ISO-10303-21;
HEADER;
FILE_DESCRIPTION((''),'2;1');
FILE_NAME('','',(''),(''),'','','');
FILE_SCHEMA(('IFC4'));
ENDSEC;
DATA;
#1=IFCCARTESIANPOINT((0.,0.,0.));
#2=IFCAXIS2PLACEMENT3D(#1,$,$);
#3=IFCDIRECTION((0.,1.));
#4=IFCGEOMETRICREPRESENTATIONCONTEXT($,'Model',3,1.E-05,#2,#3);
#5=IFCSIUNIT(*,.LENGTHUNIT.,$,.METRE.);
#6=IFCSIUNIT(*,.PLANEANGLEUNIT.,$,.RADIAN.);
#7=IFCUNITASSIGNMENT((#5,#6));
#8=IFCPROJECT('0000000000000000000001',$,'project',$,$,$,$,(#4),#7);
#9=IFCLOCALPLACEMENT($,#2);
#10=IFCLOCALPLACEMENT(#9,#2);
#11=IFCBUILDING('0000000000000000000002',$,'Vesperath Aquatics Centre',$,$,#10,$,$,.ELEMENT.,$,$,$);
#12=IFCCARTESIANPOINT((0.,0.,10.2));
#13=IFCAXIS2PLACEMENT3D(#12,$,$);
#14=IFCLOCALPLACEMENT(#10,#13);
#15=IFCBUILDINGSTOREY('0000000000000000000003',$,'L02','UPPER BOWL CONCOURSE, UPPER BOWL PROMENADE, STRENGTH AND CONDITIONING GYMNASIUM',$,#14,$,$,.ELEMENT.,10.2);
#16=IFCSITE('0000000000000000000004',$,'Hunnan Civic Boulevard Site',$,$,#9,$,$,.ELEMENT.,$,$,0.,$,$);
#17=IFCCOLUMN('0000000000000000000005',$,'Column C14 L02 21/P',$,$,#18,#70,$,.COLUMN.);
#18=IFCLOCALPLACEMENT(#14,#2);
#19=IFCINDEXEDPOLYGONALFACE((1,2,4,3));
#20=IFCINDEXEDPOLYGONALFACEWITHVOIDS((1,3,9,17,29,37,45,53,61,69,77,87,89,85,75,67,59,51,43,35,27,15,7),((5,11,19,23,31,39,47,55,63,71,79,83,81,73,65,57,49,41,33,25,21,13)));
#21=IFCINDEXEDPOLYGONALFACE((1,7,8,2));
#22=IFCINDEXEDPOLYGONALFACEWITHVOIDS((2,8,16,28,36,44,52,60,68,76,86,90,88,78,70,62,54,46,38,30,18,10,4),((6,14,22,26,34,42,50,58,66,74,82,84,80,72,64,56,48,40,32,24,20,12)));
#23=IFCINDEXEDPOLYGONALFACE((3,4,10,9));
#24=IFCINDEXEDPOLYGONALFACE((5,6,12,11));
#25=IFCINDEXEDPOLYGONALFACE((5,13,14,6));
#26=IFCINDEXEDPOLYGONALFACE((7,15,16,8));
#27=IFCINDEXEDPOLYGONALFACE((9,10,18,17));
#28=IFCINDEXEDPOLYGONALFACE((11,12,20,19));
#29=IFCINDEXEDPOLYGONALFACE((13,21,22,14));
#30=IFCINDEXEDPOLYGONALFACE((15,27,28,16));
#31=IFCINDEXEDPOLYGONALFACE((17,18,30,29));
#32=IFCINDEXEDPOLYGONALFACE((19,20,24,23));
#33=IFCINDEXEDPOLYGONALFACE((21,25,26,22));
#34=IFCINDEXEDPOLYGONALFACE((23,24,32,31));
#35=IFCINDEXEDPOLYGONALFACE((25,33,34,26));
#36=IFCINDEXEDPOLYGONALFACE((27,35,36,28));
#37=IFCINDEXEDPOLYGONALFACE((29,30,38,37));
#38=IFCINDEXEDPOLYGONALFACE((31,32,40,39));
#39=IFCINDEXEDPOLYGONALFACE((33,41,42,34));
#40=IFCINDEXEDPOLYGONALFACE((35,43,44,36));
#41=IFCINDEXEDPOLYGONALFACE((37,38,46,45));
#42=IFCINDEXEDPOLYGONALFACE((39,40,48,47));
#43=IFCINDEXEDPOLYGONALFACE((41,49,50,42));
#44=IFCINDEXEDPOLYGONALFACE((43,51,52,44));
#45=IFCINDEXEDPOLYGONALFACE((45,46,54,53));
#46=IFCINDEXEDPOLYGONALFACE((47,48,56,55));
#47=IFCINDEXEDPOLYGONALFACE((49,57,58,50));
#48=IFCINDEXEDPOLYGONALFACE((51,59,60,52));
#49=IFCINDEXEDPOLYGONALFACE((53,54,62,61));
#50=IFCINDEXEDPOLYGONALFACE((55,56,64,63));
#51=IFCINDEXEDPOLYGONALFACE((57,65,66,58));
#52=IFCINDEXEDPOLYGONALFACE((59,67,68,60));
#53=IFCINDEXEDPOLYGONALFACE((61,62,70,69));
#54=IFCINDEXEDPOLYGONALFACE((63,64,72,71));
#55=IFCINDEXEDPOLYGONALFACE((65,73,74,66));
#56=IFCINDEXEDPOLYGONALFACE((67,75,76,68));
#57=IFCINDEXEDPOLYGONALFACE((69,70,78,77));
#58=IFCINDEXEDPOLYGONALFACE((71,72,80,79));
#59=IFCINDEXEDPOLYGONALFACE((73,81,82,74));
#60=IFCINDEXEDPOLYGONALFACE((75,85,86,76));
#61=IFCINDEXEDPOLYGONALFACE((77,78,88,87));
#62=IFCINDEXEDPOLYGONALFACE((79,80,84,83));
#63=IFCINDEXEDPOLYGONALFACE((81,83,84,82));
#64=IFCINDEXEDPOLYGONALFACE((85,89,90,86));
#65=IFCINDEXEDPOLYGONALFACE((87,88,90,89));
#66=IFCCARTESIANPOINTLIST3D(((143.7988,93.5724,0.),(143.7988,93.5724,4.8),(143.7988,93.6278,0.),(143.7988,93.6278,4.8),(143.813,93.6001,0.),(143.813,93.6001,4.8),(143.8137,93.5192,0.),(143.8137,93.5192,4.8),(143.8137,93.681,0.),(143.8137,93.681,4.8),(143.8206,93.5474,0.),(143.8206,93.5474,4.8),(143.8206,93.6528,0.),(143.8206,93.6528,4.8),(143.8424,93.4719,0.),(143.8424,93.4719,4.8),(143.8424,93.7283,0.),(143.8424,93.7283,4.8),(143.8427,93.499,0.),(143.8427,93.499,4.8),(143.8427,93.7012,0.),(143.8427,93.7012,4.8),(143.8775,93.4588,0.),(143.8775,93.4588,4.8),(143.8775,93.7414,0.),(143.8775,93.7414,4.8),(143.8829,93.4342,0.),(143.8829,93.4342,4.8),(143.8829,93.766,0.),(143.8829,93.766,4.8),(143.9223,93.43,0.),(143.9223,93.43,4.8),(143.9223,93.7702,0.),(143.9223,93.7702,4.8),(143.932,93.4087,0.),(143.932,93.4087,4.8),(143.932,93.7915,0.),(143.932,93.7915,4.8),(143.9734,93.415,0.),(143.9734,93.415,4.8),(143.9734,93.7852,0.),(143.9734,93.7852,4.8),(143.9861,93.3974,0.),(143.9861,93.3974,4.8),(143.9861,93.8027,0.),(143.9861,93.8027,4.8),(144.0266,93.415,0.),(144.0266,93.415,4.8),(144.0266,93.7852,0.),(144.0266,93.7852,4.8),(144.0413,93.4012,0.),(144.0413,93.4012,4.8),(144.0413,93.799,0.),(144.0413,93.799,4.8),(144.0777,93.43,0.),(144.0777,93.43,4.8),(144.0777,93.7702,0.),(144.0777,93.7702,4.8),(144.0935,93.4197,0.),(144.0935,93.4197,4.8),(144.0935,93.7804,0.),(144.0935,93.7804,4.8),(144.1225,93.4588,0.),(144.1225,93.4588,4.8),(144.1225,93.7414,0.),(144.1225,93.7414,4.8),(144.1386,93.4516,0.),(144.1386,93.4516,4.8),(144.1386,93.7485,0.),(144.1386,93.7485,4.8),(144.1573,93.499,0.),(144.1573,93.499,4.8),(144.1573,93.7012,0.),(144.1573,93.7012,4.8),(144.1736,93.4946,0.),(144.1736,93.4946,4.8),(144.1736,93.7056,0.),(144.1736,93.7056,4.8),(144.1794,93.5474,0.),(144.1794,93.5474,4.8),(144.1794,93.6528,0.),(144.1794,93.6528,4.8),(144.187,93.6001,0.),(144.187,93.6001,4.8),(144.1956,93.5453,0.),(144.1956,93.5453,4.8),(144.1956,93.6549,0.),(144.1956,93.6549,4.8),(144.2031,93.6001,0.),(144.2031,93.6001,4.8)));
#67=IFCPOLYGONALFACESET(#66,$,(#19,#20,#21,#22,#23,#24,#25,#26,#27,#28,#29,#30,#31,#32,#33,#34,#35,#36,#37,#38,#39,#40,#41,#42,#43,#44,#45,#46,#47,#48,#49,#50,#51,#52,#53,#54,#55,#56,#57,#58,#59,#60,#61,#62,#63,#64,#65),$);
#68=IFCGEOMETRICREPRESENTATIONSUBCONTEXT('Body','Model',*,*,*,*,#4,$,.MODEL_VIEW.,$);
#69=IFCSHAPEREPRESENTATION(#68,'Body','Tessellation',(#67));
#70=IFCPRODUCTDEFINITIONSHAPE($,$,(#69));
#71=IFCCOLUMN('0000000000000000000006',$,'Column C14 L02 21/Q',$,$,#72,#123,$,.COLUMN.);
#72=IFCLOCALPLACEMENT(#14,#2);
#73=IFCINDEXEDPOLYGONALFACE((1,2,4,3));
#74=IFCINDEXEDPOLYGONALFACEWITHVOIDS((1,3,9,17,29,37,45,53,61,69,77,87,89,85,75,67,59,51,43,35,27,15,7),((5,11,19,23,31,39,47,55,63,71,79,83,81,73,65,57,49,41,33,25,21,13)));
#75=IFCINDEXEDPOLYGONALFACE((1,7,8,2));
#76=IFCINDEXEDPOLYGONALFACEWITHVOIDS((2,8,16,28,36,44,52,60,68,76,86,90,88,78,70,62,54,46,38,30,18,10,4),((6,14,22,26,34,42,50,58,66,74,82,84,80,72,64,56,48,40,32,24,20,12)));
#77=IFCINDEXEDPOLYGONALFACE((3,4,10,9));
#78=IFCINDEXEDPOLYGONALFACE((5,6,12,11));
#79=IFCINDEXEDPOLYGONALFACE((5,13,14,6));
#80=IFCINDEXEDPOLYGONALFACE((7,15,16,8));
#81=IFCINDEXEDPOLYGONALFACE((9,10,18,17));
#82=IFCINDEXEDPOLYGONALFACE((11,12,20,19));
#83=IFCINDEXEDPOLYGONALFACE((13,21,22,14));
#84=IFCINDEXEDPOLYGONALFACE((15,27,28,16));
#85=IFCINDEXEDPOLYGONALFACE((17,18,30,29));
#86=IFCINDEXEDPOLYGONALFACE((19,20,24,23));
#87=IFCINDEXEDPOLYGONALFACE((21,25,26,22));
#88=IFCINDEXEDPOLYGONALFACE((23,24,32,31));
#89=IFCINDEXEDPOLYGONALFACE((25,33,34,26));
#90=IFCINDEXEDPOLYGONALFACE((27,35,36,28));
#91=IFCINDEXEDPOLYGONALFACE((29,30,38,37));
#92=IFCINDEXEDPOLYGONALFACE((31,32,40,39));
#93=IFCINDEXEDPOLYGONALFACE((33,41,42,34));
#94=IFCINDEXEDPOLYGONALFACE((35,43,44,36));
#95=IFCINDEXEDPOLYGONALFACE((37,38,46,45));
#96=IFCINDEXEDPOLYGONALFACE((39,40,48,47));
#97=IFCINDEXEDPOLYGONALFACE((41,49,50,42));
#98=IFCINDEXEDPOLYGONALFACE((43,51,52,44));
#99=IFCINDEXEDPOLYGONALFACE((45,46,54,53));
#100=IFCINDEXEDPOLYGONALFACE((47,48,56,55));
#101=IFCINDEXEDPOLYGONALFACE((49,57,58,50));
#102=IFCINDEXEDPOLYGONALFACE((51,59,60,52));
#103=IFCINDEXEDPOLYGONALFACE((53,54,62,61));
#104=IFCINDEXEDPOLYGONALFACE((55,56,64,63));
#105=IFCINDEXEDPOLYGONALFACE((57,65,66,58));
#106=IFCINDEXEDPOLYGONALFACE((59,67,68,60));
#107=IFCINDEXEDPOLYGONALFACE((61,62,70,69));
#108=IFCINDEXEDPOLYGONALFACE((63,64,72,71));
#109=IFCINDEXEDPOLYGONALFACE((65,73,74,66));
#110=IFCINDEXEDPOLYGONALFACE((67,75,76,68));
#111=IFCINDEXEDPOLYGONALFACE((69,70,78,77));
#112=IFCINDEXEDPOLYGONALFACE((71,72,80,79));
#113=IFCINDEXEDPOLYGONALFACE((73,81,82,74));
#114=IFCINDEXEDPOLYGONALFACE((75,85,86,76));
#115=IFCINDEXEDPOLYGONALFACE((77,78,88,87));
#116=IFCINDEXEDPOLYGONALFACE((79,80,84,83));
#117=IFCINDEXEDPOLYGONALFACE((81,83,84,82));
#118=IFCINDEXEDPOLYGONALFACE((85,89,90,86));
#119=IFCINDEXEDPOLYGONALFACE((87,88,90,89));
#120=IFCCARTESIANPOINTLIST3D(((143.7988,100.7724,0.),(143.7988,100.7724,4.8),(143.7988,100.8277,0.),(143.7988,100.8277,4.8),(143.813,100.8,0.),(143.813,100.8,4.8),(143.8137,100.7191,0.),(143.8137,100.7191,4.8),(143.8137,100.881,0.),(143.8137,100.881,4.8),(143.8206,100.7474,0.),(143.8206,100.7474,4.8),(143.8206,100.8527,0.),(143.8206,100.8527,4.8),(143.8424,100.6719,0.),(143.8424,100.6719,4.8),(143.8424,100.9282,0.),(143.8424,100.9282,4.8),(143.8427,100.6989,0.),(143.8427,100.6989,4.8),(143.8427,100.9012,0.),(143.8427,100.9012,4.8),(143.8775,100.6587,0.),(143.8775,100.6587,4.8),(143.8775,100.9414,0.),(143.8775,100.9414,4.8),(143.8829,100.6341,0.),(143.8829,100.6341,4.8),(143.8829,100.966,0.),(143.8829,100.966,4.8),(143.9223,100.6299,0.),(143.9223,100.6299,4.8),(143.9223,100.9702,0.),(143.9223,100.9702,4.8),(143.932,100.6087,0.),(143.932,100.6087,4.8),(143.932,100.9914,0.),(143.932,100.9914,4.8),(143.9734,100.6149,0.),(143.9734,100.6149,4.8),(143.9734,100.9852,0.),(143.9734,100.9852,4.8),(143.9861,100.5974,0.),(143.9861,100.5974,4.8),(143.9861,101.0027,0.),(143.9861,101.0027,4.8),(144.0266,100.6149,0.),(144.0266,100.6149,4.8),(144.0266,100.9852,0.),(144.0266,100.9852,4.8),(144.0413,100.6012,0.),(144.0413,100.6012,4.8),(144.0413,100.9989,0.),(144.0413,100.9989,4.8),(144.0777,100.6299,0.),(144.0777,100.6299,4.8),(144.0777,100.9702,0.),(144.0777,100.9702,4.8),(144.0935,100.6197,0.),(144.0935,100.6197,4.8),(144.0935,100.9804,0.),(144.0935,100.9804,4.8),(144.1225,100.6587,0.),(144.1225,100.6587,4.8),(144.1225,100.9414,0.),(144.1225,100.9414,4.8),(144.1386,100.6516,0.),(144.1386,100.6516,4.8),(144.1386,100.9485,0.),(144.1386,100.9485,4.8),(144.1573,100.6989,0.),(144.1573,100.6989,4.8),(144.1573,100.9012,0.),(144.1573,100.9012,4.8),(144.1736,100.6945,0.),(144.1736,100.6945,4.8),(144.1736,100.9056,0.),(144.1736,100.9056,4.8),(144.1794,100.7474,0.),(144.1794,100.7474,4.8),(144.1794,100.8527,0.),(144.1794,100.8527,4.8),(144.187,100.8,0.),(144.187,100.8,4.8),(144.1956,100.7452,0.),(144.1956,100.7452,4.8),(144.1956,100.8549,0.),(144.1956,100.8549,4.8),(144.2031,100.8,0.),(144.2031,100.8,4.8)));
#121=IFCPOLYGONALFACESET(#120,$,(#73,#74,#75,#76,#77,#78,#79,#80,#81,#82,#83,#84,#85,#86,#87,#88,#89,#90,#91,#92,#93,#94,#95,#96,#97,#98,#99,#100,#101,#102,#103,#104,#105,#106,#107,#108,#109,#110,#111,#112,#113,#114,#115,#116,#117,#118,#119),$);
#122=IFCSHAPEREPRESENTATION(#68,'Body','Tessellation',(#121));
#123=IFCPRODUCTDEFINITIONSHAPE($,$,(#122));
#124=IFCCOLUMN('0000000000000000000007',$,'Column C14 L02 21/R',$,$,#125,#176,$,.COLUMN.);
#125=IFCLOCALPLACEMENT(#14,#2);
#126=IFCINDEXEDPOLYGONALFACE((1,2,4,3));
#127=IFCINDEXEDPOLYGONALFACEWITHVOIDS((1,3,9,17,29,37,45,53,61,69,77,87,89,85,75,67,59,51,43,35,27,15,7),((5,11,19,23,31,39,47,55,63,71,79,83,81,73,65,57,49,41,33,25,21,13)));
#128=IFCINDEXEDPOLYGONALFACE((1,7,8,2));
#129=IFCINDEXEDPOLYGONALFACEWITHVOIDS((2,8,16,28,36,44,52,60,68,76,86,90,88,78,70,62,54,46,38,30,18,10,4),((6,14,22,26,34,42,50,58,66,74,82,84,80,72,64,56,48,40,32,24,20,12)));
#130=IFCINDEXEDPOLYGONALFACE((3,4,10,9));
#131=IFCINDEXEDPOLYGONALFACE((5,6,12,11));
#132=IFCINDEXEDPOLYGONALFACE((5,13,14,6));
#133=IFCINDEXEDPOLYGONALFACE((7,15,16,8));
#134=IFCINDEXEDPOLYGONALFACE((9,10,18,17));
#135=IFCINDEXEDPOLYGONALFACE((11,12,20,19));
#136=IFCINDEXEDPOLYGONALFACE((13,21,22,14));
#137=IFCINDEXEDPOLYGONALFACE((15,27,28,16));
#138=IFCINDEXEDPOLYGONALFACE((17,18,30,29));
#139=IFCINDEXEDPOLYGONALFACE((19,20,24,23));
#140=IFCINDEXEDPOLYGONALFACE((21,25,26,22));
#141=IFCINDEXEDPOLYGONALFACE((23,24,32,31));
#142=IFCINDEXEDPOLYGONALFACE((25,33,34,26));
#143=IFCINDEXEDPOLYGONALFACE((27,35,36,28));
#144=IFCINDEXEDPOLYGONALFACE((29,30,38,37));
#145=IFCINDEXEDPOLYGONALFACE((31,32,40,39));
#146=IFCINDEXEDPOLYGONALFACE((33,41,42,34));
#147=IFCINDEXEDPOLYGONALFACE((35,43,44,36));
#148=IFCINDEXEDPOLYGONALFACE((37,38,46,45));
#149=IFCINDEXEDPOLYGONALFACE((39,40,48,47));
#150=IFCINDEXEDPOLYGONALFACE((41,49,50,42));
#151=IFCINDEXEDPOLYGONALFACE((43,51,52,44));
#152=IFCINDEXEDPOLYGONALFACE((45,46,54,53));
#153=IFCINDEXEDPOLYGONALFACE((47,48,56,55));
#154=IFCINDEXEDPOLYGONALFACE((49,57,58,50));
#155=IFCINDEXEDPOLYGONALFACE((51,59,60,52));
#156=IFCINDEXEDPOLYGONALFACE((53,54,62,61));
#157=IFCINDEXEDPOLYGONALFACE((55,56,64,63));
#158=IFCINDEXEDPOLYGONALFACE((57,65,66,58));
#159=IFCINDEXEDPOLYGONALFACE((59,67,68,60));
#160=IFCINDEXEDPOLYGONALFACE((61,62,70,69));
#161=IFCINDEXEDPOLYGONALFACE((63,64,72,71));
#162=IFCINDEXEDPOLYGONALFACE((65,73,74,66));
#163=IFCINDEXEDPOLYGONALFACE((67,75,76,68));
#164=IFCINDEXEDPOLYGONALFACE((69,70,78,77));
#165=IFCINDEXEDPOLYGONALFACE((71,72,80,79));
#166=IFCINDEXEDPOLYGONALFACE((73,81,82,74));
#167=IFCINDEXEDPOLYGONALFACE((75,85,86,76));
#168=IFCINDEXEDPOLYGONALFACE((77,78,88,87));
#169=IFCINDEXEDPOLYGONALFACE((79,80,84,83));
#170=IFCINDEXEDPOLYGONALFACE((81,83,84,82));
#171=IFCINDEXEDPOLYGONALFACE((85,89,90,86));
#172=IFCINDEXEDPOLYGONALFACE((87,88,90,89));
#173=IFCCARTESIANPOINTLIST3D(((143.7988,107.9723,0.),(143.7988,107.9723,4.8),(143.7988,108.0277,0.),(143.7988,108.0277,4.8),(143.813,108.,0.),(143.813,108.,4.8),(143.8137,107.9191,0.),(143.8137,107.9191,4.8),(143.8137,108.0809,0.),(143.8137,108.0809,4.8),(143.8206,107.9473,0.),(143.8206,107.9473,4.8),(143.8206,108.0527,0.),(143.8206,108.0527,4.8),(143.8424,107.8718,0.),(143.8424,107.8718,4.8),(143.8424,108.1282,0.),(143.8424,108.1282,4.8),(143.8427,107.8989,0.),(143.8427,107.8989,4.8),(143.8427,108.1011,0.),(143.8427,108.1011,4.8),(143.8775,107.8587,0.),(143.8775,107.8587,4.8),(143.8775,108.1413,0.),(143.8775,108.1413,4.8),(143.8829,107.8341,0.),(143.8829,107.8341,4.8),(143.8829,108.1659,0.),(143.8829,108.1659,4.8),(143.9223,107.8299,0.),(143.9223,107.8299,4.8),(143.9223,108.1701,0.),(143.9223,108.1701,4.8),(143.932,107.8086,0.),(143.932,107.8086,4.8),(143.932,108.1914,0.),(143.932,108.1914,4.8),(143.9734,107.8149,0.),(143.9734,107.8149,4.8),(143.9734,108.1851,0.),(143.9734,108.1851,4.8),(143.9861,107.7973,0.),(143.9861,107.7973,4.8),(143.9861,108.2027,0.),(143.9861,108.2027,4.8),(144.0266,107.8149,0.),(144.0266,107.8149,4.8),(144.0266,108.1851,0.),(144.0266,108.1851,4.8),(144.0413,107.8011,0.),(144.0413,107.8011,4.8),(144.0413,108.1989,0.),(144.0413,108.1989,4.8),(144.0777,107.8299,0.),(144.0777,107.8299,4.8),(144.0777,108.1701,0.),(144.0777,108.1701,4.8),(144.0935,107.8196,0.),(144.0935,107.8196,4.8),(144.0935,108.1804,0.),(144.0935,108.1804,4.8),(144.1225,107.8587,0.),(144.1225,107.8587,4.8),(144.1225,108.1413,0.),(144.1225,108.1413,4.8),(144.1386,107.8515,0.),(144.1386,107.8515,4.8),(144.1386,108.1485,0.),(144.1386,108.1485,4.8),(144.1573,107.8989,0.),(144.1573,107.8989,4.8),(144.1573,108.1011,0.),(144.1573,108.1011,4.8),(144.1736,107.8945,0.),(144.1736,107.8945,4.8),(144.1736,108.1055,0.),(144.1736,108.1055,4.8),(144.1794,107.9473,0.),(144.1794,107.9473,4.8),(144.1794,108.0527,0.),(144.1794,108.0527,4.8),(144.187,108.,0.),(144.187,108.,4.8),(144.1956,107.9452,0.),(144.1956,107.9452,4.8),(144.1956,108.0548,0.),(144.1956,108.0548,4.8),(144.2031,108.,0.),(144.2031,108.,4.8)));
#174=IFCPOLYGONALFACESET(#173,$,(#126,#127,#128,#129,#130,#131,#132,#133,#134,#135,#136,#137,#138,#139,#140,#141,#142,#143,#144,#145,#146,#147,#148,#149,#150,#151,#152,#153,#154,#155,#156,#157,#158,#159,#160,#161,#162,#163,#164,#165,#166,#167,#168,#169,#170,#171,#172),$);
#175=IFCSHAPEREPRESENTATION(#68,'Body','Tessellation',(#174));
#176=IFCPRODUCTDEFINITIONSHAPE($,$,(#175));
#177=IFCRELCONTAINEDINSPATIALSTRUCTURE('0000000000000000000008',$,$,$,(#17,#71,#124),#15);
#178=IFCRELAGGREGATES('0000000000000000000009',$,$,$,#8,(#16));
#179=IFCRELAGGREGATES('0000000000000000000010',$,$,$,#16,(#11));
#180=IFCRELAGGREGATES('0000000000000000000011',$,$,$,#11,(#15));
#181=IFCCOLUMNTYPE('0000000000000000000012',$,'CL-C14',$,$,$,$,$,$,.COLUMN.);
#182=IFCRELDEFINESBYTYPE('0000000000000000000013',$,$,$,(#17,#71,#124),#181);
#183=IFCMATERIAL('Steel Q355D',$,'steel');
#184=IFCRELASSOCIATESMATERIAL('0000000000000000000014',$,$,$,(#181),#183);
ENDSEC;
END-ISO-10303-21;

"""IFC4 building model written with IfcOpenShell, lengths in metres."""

from ifc_helpers import new_model, si_unit, direction, frame, origin, origin_2d, place, context, subcontext, project, spatial, hollow_circle, extrude, material, material_profile, profile_set, type_object, element, save


model = new_model("IFC4")

# Units and contexts
model_context = context("Model", 3, precision=1e-05, world=origin(), true_north=direction((0.0, 1.0)))
body_context = subcontext(model_context, "Body", "Model", "MODEL_VIEW")
ifc_project = project(units=[si_unit("LENGTHUNIT", "METRE"), si_unit("PLANEANGLEUNIT", "RADIAN")], contexts=[model_context])

# Site, building, storey
site_placement = place(None, origin())
site = spatial("IfcSite", under=ifc_project, at=site_placement, Name="Hunnan Civic Boulevard Site", CompositionType="ELEMENT", RefElevation=0.0)
building_placement = place(site_placement, origin())
building = spatial("IfcBuilding", under=site, at=building_placement, Name="Vesperath Aquatics Centre", CompositionType="ELEMENT")
storey_placement = place(building_placement, frame((0.0, 0.0, 10.2)))
storey = spatial("IfcBuildingStorey", under=building, at=storey_placement, Name="L02", Description="UPPER BOWL CONCOURSE, UPPER BOWL PROMENADE, STRENGTH AND CONDITIONING GYMNASIUM", CompositionType="ELEMENT", Elevation=10.2)

# Columns
ifc_material_1 = material(Name="Steel Q355D", Category="steel")
ifc_material_profile_1 = material_profile(ifc_material_1, hollow_circle(Radius=0.2031, WallThickness=0.0161, at=origin_2d()), Name="CHS 406.4x16")
ifc_profile_set_1 = profile_set([ifc_material_profile_1], Name="Steel Q355D")
column_type = type_object("IfcColumnType", Name="CL-C14", PredefinedType="COLUMN", material=ifc_profile_set_1)
for number, where, z_axis, x_axis, name in (
    (1, (144.0, 93.6001, 0.0), (0.0, 0.0, 1.0), (1.0, 0.0, 0.0), "Column C14 L02 21/P"),
    (2, (144.0, 100.8, 0.0), (0.0, 0.0, 1.0), (1.0, 0.0, 0.0), "Column C14 L02 21/Q"),
    (3, (144.0, 108.0, 0.0), (0.0, 0.0, 1.0), (1.0, 0.0, 0.0), "Column C14 L02 21/R"),
):
    element("IfcColumn", number, at=place(storey_placement, frame(where, z_axis=z_axis, x_axis=x_axis)), inside=storey, type_object=column_type, Name=name, PredefinedType="COLUMN", context=body_context, shape_type="SweptSolid", body=[
        extrude(hollow_circle(Radius=0.2031, WallThickness=0.0161, at=origin_2d()), origin(), (0.0, 0.0, 1.0), 4.8),
    ])

save(model, "model.ifc")
